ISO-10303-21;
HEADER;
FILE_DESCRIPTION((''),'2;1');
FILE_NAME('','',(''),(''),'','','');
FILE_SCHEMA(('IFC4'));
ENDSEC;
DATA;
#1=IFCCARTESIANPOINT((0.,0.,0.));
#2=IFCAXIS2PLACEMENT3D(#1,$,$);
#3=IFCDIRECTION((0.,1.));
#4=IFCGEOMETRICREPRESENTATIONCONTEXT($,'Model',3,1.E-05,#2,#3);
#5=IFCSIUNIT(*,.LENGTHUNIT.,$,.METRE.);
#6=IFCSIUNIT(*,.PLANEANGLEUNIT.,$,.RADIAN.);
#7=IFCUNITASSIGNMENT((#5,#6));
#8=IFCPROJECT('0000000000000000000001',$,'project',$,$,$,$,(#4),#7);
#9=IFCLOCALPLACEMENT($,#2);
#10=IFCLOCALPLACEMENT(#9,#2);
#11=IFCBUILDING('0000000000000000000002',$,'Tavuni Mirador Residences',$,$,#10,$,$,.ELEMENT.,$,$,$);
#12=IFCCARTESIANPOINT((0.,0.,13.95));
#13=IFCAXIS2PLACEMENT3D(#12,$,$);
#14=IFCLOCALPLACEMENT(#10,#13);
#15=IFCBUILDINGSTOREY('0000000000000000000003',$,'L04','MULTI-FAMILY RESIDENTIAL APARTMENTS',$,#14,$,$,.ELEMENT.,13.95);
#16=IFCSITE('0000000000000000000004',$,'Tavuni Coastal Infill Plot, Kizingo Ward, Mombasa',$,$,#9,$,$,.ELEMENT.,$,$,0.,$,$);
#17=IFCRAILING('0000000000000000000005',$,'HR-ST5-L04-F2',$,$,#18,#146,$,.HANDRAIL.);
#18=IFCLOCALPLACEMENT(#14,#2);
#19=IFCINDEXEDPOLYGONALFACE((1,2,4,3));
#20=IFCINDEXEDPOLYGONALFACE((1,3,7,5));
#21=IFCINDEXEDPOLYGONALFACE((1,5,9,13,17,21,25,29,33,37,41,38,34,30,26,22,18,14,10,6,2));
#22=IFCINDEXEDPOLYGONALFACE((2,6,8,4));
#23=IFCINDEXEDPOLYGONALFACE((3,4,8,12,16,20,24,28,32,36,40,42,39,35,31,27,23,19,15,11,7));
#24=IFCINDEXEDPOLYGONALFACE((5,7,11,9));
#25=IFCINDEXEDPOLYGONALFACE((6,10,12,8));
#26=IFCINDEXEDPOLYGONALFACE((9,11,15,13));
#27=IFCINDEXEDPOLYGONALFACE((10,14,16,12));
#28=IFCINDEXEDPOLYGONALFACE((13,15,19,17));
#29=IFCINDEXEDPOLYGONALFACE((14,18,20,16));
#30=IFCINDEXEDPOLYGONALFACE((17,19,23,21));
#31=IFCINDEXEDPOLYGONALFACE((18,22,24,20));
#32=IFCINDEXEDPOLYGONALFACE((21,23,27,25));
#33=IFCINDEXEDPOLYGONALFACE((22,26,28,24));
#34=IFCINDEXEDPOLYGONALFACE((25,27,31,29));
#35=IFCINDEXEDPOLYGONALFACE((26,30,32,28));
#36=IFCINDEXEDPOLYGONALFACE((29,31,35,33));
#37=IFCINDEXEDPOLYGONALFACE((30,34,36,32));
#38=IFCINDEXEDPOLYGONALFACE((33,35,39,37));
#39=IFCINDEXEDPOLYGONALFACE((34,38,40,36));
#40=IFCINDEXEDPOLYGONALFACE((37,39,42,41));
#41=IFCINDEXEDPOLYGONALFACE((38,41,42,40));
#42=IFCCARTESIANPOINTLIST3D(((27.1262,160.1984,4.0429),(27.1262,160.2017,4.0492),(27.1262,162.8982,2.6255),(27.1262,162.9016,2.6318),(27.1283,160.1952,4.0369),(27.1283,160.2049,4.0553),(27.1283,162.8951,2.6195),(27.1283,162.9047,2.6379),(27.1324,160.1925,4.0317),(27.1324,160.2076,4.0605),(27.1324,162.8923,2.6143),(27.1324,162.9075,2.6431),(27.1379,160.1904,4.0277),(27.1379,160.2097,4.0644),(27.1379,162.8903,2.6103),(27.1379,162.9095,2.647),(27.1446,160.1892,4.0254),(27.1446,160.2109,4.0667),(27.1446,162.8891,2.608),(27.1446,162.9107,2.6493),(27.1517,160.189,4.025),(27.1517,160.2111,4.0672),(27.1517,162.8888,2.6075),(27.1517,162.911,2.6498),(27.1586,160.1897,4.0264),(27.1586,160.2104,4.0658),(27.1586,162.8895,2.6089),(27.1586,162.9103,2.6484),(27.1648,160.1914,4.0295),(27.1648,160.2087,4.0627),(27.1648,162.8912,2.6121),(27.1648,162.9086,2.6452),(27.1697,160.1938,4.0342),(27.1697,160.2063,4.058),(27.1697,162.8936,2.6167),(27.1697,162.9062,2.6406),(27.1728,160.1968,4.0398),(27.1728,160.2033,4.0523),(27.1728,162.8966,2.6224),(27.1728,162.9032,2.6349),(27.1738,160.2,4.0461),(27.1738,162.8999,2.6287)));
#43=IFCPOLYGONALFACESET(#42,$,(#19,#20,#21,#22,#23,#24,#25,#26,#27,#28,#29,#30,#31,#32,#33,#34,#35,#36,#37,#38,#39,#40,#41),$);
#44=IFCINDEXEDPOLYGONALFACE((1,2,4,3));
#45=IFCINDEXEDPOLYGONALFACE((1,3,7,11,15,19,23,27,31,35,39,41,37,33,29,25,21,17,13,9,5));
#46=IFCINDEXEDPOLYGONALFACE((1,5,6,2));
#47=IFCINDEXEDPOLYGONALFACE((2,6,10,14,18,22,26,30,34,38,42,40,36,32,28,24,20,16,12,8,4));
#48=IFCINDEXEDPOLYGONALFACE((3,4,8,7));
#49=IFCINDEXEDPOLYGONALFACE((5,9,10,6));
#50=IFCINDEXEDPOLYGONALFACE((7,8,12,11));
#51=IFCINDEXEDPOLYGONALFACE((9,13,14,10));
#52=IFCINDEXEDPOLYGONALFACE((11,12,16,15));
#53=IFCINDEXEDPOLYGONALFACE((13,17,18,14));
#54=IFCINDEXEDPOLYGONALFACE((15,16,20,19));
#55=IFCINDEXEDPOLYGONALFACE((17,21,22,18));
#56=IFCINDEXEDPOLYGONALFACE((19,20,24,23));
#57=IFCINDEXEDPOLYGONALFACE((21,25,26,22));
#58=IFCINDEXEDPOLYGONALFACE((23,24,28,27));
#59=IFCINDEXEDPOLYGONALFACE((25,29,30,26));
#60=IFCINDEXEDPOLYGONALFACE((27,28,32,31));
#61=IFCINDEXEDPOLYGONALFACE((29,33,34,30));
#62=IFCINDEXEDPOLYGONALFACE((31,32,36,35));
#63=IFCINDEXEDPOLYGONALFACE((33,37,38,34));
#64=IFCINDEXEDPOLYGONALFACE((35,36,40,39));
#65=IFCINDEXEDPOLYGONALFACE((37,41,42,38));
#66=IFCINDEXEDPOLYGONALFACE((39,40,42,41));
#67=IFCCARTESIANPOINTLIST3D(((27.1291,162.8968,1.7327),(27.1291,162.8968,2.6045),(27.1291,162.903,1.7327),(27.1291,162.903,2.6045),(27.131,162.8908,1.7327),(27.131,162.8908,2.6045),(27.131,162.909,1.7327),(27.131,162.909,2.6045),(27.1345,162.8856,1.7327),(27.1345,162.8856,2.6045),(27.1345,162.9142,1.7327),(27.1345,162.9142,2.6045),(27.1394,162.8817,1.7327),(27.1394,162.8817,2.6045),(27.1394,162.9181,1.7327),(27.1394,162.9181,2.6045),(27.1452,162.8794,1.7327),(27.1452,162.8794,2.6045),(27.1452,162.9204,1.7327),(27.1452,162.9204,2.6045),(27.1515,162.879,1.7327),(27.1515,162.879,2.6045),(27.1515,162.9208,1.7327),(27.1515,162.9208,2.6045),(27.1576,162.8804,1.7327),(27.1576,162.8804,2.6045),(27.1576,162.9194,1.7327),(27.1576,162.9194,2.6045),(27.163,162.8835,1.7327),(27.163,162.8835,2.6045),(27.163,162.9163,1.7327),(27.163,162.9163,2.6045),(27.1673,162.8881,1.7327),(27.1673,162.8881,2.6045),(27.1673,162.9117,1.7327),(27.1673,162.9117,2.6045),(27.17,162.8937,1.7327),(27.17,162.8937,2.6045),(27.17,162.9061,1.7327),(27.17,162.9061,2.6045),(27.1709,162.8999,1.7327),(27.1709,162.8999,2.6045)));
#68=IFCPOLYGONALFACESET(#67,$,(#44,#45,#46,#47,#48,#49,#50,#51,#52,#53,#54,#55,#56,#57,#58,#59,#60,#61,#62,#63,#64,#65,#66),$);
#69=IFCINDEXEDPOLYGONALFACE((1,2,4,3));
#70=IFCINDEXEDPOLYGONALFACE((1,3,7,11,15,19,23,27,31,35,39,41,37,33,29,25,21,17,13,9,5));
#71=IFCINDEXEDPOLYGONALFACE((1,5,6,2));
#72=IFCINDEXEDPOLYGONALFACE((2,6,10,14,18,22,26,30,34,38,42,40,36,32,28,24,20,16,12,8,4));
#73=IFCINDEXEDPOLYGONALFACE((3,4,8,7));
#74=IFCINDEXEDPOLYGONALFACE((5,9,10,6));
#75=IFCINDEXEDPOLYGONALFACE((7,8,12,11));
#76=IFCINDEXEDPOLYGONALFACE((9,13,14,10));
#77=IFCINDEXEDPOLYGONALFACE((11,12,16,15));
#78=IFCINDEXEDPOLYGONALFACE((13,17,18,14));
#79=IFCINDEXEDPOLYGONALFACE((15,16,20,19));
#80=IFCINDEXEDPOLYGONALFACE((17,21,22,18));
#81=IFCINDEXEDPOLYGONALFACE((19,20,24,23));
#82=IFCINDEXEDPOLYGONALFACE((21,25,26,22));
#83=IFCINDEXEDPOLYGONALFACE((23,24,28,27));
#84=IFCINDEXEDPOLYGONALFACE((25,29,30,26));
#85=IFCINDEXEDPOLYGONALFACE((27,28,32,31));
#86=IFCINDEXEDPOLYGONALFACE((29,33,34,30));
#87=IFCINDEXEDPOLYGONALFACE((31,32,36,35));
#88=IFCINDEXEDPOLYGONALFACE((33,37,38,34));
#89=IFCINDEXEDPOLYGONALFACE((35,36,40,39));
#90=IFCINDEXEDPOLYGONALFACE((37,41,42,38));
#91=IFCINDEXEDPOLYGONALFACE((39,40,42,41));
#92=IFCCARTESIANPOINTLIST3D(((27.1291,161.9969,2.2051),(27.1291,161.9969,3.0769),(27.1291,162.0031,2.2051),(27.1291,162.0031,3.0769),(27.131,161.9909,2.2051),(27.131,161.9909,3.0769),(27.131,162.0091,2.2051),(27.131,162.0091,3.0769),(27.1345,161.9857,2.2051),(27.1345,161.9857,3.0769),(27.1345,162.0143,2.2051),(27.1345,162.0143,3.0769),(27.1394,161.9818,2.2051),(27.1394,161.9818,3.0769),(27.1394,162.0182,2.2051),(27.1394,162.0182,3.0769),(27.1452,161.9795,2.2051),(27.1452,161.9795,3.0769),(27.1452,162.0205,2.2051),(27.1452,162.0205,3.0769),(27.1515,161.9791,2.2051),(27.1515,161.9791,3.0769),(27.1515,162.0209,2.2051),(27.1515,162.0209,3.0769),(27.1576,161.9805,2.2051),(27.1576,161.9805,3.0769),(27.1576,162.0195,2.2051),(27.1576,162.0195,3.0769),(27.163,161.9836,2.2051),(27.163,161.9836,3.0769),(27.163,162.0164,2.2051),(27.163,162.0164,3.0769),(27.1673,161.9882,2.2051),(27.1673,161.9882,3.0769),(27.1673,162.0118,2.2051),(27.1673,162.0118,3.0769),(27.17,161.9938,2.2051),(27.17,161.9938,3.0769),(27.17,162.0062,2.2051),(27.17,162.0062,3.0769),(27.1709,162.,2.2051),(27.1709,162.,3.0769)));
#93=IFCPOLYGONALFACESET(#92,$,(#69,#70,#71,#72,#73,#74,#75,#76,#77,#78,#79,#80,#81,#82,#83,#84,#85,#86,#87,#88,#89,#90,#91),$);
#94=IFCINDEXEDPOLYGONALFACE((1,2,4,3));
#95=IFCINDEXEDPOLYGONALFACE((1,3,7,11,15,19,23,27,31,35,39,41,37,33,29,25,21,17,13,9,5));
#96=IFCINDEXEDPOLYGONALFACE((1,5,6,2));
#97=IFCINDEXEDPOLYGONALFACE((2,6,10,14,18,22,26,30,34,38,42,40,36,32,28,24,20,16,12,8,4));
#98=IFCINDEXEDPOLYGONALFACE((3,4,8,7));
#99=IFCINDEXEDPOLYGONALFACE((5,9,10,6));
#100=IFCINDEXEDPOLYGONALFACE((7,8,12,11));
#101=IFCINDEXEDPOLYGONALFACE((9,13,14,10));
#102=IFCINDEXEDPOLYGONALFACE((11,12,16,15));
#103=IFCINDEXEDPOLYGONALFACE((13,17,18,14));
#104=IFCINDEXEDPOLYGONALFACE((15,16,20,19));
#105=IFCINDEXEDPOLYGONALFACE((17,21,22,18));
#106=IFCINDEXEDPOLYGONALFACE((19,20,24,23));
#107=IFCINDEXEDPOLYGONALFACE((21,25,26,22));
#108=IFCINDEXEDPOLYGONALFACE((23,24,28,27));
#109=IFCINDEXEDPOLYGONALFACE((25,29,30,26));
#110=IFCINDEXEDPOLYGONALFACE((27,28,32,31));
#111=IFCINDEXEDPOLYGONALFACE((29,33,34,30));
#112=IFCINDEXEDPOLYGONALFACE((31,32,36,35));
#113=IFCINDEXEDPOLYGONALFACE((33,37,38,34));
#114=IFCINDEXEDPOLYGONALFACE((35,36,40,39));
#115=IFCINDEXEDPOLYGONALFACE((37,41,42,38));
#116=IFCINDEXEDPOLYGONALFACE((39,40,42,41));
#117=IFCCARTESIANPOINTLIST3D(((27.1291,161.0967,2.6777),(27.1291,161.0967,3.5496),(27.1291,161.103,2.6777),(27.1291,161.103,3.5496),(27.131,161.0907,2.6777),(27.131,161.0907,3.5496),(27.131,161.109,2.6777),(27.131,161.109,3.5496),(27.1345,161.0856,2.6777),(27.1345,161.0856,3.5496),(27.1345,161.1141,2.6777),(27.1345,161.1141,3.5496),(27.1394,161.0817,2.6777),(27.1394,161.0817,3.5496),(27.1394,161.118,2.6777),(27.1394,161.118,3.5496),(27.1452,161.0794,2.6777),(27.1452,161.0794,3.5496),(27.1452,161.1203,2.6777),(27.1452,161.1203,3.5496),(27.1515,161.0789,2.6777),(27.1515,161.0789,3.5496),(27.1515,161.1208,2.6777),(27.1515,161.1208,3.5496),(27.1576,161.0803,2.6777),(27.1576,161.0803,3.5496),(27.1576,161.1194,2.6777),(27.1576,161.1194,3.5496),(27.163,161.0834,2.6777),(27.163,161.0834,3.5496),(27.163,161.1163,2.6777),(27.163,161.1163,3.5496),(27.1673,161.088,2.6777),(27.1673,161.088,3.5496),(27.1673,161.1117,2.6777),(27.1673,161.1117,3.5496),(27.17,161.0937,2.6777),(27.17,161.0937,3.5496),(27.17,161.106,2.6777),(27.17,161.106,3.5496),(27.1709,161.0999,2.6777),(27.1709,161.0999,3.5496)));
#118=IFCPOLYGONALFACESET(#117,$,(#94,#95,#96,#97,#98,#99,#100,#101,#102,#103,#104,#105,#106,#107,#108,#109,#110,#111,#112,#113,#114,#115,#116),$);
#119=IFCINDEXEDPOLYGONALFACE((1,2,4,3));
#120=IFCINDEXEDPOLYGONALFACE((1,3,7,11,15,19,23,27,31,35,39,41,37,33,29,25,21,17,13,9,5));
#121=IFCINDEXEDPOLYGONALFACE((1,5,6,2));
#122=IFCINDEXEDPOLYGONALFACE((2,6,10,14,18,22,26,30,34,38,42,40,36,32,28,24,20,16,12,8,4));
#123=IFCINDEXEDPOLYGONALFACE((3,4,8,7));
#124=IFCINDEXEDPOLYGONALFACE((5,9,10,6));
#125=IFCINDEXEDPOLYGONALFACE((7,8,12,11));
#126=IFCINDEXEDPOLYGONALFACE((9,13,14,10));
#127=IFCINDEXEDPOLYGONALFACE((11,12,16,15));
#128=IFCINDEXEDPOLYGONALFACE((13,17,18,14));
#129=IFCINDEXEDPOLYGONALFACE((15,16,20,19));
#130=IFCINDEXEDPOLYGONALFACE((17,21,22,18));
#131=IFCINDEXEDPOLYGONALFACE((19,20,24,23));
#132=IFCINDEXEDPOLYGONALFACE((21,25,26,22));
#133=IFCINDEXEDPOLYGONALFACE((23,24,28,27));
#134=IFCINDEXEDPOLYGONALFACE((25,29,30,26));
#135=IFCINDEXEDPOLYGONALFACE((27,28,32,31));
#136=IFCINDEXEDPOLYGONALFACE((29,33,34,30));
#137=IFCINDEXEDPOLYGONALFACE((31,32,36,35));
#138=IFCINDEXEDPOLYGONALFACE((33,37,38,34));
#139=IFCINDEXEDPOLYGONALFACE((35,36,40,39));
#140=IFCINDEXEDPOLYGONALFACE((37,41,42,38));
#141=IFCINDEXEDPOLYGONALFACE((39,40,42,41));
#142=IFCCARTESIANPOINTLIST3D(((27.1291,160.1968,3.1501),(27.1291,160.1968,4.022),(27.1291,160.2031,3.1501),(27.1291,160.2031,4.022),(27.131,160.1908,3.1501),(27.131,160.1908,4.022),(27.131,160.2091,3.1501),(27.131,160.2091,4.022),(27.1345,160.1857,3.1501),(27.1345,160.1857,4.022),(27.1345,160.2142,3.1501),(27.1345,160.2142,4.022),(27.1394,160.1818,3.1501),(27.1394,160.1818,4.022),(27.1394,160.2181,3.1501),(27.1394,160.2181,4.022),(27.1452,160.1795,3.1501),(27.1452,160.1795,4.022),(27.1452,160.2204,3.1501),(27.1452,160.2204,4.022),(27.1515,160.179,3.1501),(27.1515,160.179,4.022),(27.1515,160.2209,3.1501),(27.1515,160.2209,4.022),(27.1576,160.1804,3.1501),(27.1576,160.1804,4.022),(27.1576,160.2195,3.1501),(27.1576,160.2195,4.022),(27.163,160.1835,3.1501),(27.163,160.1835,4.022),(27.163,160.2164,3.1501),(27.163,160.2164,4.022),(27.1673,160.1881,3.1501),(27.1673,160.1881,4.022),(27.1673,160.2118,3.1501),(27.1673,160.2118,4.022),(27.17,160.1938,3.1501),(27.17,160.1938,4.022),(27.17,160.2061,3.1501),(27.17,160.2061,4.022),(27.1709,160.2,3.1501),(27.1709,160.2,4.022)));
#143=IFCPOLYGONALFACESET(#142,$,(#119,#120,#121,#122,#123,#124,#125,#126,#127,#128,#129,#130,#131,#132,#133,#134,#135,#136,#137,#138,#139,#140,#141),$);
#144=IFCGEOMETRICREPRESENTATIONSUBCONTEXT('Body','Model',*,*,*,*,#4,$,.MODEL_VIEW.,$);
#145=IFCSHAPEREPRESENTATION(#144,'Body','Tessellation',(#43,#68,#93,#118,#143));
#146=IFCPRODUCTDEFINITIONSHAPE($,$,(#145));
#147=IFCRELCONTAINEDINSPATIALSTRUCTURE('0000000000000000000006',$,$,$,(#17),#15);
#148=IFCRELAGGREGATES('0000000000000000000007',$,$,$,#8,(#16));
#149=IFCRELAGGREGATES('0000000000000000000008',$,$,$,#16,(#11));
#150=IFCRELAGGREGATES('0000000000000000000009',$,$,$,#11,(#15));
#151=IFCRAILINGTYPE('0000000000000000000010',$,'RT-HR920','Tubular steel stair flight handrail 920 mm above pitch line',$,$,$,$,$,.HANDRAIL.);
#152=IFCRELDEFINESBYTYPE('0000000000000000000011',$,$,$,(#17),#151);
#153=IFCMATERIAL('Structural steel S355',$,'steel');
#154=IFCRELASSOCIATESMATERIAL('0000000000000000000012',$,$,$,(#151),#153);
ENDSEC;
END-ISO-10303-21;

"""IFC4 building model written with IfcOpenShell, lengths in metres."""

from ifc_helpers import new_model, si_unit, direction, frame, origin, origin_2d, place, context, subcontext, project, spatial, circle, extrude, material, type_object, element, save


model = new_model("IFC4")

# Units and contexts
model_context = context("Model", 3, precision=1e-05, world=origin(), true_north=direction((0.0, 1.0)))
body_context = subcontext(model_context, "Body", "Model", "MODEL_VIEW")
ifc_project = project(units=[si_unit("LENGTHUNIT", "METRE"), si_unit("PLANEANGLEUNIT", "RADIAN")], contexts=[model_context])

# Site, building, storey
site_placement = place(None, origin())
site = spatial("IfcSite", under=ifc_project, at=site_placement, Name="Tavuni Coastal Infill Plot, Kizingo Ward, Mombasa", CompositionType="ELEMENT", RefElevation=0.0)
building_placement = place(site_placement, origin())
building = spatial("IfcBuilding", under=site, at=building_placement, Name="Tavuni Mirador Residences", CompositionType="ELEMENT")
storey_placement = place(building_placement, frame((0.0, 0.0, 13.95)))
storey = spatial("IfcBuildingStorey", under=building, at=storey_placement, Name="L04", Description="MULTI-FAMILY RESIDENTIAL APARTMENTS", CompositionType="ELEMENT", Elevation=13.95)

# Shared definitions
ifc_material_1 = material(Name="Structural steel S355", Category="steel")

# Railing
railing_type_1 = type_object("IfcRailingType", Name="RT-HR920", Description="Tubular steel stair flight handrail 920 mm above pitch line", PredefinedType="HANDRAIL", material=ifc_material_1)
railing_1_placement = place(storey_placement, frame((27.1499, 162.8999, 1.7327)))
element("IfcRailing", 1, at=railing_1_placement, inside=storey, type_object=railing_type_1, Name="HR-ST5-L04-F2", PredefinedType="HANDRAIL", context=body_context, shape_type="SweptSolid", body=[
    extrude(circle(Radius=0.0239, at=origin_2d()), frame((0.0, 0.0, 0.896), z_axis=(0.0, -0.885397, 0.464835), x_axis=(1.0, 0.0, 0.0)), (0.0, 0.0, 1.0), 3.0493),
    extrude(circle(Radius=0.021, at=origin_2d()), origin(), (0.0, 0.0, 1.0), 0.8718),
    extrude(circle(Radius=0.021, at=origin_2d()), frame((0.0, -0.8999, 0.4724)), (0.0, 0.0, 1.0), 0.8718),
    extrude(circle(Radius=0.021, at=origin_2d()), frame((0.0, -1.8, 0.9451)), (0.0, 0.0, 1.0), 0.8718),
    extrude(circle(Radius=0.021, at=origin_2d()), frame((0.0, -2.7, 1.4175)), (0.0, 0.0, 1.0), 0.8718),
])

save(model, "model.ifc")
